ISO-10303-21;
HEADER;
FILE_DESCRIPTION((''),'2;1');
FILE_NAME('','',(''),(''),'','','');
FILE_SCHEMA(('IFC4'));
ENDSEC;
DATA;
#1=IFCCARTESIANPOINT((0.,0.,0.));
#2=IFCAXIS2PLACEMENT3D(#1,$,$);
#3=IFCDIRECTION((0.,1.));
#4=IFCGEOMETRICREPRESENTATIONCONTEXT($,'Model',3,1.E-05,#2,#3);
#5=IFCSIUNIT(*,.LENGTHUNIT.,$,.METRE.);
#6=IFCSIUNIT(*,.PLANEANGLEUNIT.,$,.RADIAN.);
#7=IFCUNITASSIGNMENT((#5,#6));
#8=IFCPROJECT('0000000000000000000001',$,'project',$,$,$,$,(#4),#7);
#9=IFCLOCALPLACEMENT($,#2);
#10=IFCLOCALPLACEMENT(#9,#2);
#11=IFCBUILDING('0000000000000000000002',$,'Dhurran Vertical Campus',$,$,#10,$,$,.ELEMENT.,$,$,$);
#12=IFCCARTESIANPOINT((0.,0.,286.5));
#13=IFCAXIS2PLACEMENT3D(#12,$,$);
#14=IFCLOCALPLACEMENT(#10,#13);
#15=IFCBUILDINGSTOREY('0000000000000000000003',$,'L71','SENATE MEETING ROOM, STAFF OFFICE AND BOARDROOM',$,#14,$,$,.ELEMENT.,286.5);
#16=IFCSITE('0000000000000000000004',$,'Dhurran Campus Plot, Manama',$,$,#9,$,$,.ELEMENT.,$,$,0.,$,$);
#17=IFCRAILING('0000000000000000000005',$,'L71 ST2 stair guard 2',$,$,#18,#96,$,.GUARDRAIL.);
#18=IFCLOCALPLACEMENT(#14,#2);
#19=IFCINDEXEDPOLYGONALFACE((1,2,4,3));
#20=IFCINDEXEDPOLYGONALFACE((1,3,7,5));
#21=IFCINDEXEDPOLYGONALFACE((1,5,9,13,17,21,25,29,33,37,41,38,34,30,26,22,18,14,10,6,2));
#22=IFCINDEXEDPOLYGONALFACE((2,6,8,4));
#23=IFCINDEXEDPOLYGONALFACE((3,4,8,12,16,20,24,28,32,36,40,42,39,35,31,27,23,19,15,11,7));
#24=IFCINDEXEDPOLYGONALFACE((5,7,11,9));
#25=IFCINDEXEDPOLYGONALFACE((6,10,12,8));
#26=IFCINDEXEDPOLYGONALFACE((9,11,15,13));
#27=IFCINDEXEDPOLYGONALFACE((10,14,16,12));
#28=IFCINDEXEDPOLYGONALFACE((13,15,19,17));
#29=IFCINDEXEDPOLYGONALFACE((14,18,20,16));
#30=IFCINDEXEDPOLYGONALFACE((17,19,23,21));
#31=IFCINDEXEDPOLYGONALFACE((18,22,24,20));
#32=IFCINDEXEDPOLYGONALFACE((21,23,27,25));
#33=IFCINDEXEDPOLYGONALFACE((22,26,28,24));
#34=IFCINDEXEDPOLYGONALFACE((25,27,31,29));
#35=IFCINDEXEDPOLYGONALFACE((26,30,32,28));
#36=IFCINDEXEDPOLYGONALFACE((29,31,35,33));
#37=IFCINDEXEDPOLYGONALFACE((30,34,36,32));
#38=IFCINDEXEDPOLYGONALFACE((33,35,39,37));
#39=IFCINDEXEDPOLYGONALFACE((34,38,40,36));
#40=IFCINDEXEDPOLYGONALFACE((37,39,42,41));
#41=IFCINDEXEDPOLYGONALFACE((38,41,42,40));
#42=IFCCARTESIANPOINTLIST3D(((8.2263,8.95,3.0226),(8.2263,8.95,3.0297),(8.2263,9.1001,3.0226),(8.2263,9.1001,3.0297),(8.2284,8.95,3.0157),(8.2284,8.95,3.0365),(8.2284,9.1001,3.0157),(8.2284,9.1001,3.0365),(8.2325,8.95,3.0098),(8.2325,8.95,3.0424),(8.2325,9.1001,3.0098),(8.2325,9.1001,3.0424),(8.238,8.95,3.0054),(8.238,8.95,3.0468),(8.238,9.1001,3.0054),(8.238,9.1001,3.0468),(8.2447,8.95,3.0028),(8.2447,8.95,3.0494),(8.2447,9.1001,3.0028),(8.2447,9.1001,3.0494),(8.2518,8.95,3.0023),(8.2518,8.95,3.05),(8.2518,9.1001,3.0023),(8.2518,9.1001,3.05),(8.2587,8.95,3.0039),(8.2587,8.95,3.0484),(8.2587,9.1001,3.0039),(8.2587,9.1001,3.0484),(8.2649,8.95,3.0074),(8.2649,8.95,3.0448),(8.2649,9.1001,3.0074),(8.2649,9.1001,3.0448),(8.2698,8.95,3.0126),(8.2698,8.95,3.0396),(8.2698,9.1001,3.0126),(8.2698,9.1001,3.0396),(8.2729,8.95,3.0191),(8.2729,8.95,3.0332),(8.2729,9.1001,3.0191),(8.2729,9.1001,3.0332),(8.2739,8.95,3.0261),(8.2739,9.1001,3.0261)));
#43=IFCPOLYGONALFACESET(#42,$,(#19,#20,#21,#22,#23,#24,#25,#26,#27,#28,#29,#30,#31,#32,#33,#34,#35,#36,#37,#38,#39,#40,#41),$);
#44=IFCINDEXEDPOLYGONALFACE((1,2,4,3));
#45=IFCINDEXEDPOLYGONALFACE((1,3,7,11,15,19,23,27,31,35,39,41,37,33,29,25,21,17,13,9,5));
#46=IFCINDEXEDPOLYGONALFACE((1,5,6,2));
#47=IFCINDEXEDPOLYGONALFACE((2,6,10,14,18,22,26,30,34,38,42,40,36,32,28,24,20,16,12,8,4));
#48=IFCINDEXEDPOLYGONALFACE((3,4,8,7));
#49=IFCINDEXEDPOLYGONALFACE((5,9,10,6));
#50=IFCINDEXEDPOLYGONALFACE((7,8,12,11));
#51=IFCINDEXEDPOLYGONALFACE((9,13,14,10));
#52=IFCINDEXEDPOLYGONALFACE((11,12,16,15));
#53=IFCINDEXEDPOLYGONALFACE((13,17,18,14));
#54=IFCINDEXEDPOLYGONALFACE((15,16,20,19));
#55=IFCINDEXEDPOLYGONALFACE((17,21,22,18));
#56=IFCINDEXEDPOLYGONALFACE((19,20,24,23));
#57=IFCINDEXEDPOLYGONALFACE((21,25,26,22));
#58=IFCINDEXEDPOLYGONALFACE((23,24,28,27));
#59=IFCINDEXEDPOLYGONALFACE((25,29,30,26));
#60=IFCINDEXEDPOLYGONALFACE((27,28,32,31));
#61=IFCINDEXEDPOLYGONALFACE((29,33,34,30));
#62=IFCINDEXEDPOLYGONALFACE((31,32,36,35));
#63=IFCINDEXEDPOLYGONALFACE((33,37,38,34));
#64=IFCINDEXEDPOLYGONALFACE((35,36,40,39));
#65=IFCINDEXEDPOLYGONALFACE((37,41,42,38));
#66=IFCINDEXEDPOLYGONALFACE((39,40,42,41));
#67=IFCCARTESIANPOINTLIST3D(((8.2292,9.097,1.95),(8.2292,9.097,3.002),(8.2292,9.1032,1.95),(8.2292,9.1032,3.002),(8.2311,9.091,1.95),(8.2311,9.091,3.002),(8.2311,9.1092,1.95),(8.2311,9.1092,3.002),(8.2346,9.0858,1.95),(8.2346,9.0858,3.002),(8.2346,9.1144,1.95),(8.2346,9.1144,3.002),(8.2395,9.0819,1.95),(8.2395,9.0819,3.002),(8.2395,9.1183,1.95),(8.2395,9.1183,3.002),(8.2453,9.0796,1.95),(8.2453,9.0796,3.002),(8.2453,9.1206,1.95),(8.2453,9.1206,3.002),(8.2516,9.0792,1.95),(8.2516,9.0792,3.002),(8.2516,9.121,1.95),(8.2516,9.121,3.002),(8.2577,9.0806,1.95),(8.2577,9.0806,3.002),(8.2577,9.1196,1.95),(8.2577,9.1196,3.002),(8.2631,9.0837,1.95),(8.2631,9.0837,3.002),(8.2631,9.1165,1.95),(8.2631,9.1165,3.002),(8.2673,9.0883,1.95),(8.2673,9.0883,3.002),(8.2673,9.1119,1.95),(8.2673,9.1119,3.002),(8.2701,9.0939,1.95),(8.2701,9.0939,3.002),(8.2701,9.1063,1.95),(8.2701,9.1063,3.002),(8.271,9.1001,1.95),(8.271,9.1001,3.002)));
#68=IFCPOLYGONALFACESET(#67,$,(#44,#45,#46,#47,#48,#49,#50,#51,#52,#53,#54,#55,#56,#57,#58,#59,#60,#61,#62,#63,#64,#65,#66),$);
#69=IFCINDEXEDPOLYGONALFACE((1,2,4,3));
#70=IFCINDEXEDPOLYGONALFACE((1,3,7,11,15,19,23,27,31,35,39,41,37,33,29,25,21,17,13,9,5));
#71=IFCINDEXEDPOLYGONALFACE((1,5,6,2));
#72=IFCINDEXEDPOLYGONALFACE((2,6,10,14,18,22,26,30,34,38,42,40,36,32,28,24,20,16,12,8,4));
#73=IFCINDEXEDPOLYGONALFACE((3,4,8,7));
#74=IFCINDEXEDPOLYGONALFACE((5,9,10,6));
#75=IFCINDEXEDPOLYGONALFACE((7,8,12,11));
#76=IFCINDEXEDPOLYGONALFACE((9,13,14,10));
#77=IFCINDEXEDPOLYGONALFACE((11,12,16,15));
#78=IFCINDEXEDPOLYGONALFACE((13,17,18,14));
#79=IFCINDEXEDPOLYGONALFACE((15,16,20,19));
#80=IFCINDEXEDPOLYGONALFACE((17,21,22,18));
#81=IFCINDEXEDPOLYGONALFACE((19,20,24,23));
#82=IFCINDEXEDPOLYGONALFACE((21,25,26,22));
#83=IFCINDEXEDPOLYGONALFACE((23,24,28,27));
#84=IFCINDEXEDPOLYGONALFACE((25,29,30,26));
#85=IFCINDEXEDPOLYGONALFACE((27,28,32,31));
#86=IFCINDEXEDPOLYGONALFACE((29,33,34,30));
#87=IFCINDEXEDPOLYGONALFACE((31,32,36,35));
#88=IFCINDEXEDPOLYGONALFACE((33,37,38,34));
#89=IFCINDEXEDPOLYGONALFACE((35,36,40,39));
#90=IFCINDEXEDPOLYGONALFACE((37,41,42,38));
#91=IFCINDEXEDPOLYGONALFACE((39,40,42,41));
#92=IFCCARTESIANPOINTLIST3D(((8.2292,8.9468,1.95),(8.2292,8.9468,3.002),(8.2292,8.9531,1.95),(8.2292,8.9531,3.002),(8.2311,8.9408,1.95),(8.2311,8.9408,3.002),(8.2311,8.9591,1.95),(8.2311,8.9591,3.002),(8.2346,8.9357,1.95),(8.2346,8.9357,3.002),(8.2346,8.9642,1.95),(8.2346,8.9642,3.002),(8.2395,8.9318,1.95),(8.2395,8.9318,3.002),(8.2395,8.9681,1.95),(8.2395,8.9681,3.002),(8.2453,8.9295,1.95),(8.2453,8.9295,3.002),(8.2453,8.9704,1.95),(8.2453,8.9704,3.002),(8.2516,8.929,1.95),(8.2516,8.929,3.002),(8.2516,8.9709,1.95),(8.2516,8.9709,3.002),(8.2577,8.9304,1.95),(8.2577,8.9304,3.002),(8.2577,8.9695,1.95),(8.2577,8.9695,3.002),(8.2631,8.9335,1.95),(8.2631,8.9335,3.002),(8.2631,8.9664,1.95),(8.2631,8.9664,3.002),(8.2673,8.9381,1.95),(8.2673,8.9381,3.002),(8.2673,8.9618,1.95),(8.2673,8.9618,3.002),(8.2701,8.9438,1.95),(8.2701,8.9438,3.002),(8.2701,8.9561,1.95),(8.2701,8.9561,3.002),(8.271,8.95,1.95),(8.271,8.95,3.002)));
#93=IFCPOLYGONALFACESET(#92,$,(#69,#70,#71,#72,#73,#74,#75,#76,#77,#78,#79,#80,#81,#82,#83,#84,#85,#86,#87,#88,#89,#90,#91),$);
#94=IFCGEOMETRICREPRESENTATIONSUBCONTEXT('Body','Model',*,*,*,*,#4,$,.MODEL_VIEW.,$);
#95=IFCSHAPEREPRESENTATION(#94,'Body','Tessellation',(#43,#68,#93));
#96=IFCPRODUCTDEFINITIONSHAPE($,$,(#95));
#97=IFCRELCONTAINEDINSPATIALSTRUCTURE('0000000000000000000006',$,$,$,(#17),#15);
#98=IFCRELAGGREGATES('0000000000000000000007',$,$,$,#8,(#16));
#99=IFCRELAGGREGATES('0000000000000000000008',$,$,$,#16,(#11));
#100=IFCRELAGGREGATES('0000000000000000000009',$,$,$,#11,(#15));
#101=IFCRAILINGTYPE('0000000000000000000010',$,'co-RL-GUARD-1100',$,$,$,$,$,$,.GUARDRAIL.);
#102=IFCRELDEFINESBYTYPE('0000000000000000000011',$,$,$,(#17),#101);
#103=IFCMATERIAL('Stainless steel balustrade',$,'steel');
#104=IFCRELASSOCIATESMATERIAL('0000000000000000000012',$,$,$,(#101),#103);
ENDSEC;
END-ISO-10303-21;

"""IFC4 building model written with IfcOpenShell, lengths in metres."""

from ifc_helpers import new_model, si_unit, direction, frame, origin, origin_2d, place, context, subcontext, project, spatial, circle, extrude, material, type_object, element, save


model = new_model("IFC4")

# Units and contexts
model_context = context("Model", 3, precision=1e-05, world=origin(), true_north=direction((0.0, 1.0)))
body_context = subcontext(model_context, "Body", "Model", "MODEL_VIEW")
ifc_project = project(units=[si_unit("LENGTHUNIT", "METRE"), si_unit("PLANEANGLEUNIT", "RADIAN")], contexts=[model_context])

# Site, building, storey
site_placement = place(None, origin())
site = spatial("IfcSite", under=ifc_project, at=site_placement, Name="Dhurran Campus Plot, Manama", CompositionType="ELEMENT", RefElevation=0.0)
building_placement = place(site_placement, origin())
building = spatial("IfcBuilding", under=site, at=building_placement, Name="Dhurran Vertical Campus", CompositionType="ELEMENT")
storey_placement = place(building_placement, frame((0.0, 0.0, 286.5)))
storey = spatial("IfcBuildingStorey", under=building, at=storey_placement, Name="L71", Description="SENATE MEETING ROOM, STAFF OFFICE AND BOARDROOM", CompositionType="ELEMENT", Elevation=286.5)

# Railing
ifc_material_1 = material(Name="Stainless steel balustrade", Category="steel")
railing_type_1 = type_object("IfcRailingType", Name="co-RL-GUARD-1100", PredefinedType="GUARDRAIL", material=ifc_material_1)
railing_1_placement = place(storey_placement, frame((8.25, 9.1001, 1.95)))
element("IfcRailing", 1, at=railing_1_placement, inside=storey, type_object=railing_type_1, Name="L71 ST2 stair guard 2", PredefinedType="GUARDRAIL", context=body_context, shape_type="SweptSolid", body=[
    extrude(circle(Radius=0.0239, at=origin_2d()), frame((0.0, 0.0, 1.0762), z_axis=(0.0, -1.0, 0.0), x_axis=(1.0, 0.0, 0.0)), (0.0, 0.0, 1.0), 0.1501),
    extrude(circle(Radius=0.021, at=origin_2d()), origin(), (0.0, 0.0, 1.0), 1.052),
    extrude(circle(Radius=0.021, at=origin_2d()), frame((0.0, -0.1501, 0.0)), (0.0, 0.0, 1.0), 1.052),
])

save(model, "model.ifc")
